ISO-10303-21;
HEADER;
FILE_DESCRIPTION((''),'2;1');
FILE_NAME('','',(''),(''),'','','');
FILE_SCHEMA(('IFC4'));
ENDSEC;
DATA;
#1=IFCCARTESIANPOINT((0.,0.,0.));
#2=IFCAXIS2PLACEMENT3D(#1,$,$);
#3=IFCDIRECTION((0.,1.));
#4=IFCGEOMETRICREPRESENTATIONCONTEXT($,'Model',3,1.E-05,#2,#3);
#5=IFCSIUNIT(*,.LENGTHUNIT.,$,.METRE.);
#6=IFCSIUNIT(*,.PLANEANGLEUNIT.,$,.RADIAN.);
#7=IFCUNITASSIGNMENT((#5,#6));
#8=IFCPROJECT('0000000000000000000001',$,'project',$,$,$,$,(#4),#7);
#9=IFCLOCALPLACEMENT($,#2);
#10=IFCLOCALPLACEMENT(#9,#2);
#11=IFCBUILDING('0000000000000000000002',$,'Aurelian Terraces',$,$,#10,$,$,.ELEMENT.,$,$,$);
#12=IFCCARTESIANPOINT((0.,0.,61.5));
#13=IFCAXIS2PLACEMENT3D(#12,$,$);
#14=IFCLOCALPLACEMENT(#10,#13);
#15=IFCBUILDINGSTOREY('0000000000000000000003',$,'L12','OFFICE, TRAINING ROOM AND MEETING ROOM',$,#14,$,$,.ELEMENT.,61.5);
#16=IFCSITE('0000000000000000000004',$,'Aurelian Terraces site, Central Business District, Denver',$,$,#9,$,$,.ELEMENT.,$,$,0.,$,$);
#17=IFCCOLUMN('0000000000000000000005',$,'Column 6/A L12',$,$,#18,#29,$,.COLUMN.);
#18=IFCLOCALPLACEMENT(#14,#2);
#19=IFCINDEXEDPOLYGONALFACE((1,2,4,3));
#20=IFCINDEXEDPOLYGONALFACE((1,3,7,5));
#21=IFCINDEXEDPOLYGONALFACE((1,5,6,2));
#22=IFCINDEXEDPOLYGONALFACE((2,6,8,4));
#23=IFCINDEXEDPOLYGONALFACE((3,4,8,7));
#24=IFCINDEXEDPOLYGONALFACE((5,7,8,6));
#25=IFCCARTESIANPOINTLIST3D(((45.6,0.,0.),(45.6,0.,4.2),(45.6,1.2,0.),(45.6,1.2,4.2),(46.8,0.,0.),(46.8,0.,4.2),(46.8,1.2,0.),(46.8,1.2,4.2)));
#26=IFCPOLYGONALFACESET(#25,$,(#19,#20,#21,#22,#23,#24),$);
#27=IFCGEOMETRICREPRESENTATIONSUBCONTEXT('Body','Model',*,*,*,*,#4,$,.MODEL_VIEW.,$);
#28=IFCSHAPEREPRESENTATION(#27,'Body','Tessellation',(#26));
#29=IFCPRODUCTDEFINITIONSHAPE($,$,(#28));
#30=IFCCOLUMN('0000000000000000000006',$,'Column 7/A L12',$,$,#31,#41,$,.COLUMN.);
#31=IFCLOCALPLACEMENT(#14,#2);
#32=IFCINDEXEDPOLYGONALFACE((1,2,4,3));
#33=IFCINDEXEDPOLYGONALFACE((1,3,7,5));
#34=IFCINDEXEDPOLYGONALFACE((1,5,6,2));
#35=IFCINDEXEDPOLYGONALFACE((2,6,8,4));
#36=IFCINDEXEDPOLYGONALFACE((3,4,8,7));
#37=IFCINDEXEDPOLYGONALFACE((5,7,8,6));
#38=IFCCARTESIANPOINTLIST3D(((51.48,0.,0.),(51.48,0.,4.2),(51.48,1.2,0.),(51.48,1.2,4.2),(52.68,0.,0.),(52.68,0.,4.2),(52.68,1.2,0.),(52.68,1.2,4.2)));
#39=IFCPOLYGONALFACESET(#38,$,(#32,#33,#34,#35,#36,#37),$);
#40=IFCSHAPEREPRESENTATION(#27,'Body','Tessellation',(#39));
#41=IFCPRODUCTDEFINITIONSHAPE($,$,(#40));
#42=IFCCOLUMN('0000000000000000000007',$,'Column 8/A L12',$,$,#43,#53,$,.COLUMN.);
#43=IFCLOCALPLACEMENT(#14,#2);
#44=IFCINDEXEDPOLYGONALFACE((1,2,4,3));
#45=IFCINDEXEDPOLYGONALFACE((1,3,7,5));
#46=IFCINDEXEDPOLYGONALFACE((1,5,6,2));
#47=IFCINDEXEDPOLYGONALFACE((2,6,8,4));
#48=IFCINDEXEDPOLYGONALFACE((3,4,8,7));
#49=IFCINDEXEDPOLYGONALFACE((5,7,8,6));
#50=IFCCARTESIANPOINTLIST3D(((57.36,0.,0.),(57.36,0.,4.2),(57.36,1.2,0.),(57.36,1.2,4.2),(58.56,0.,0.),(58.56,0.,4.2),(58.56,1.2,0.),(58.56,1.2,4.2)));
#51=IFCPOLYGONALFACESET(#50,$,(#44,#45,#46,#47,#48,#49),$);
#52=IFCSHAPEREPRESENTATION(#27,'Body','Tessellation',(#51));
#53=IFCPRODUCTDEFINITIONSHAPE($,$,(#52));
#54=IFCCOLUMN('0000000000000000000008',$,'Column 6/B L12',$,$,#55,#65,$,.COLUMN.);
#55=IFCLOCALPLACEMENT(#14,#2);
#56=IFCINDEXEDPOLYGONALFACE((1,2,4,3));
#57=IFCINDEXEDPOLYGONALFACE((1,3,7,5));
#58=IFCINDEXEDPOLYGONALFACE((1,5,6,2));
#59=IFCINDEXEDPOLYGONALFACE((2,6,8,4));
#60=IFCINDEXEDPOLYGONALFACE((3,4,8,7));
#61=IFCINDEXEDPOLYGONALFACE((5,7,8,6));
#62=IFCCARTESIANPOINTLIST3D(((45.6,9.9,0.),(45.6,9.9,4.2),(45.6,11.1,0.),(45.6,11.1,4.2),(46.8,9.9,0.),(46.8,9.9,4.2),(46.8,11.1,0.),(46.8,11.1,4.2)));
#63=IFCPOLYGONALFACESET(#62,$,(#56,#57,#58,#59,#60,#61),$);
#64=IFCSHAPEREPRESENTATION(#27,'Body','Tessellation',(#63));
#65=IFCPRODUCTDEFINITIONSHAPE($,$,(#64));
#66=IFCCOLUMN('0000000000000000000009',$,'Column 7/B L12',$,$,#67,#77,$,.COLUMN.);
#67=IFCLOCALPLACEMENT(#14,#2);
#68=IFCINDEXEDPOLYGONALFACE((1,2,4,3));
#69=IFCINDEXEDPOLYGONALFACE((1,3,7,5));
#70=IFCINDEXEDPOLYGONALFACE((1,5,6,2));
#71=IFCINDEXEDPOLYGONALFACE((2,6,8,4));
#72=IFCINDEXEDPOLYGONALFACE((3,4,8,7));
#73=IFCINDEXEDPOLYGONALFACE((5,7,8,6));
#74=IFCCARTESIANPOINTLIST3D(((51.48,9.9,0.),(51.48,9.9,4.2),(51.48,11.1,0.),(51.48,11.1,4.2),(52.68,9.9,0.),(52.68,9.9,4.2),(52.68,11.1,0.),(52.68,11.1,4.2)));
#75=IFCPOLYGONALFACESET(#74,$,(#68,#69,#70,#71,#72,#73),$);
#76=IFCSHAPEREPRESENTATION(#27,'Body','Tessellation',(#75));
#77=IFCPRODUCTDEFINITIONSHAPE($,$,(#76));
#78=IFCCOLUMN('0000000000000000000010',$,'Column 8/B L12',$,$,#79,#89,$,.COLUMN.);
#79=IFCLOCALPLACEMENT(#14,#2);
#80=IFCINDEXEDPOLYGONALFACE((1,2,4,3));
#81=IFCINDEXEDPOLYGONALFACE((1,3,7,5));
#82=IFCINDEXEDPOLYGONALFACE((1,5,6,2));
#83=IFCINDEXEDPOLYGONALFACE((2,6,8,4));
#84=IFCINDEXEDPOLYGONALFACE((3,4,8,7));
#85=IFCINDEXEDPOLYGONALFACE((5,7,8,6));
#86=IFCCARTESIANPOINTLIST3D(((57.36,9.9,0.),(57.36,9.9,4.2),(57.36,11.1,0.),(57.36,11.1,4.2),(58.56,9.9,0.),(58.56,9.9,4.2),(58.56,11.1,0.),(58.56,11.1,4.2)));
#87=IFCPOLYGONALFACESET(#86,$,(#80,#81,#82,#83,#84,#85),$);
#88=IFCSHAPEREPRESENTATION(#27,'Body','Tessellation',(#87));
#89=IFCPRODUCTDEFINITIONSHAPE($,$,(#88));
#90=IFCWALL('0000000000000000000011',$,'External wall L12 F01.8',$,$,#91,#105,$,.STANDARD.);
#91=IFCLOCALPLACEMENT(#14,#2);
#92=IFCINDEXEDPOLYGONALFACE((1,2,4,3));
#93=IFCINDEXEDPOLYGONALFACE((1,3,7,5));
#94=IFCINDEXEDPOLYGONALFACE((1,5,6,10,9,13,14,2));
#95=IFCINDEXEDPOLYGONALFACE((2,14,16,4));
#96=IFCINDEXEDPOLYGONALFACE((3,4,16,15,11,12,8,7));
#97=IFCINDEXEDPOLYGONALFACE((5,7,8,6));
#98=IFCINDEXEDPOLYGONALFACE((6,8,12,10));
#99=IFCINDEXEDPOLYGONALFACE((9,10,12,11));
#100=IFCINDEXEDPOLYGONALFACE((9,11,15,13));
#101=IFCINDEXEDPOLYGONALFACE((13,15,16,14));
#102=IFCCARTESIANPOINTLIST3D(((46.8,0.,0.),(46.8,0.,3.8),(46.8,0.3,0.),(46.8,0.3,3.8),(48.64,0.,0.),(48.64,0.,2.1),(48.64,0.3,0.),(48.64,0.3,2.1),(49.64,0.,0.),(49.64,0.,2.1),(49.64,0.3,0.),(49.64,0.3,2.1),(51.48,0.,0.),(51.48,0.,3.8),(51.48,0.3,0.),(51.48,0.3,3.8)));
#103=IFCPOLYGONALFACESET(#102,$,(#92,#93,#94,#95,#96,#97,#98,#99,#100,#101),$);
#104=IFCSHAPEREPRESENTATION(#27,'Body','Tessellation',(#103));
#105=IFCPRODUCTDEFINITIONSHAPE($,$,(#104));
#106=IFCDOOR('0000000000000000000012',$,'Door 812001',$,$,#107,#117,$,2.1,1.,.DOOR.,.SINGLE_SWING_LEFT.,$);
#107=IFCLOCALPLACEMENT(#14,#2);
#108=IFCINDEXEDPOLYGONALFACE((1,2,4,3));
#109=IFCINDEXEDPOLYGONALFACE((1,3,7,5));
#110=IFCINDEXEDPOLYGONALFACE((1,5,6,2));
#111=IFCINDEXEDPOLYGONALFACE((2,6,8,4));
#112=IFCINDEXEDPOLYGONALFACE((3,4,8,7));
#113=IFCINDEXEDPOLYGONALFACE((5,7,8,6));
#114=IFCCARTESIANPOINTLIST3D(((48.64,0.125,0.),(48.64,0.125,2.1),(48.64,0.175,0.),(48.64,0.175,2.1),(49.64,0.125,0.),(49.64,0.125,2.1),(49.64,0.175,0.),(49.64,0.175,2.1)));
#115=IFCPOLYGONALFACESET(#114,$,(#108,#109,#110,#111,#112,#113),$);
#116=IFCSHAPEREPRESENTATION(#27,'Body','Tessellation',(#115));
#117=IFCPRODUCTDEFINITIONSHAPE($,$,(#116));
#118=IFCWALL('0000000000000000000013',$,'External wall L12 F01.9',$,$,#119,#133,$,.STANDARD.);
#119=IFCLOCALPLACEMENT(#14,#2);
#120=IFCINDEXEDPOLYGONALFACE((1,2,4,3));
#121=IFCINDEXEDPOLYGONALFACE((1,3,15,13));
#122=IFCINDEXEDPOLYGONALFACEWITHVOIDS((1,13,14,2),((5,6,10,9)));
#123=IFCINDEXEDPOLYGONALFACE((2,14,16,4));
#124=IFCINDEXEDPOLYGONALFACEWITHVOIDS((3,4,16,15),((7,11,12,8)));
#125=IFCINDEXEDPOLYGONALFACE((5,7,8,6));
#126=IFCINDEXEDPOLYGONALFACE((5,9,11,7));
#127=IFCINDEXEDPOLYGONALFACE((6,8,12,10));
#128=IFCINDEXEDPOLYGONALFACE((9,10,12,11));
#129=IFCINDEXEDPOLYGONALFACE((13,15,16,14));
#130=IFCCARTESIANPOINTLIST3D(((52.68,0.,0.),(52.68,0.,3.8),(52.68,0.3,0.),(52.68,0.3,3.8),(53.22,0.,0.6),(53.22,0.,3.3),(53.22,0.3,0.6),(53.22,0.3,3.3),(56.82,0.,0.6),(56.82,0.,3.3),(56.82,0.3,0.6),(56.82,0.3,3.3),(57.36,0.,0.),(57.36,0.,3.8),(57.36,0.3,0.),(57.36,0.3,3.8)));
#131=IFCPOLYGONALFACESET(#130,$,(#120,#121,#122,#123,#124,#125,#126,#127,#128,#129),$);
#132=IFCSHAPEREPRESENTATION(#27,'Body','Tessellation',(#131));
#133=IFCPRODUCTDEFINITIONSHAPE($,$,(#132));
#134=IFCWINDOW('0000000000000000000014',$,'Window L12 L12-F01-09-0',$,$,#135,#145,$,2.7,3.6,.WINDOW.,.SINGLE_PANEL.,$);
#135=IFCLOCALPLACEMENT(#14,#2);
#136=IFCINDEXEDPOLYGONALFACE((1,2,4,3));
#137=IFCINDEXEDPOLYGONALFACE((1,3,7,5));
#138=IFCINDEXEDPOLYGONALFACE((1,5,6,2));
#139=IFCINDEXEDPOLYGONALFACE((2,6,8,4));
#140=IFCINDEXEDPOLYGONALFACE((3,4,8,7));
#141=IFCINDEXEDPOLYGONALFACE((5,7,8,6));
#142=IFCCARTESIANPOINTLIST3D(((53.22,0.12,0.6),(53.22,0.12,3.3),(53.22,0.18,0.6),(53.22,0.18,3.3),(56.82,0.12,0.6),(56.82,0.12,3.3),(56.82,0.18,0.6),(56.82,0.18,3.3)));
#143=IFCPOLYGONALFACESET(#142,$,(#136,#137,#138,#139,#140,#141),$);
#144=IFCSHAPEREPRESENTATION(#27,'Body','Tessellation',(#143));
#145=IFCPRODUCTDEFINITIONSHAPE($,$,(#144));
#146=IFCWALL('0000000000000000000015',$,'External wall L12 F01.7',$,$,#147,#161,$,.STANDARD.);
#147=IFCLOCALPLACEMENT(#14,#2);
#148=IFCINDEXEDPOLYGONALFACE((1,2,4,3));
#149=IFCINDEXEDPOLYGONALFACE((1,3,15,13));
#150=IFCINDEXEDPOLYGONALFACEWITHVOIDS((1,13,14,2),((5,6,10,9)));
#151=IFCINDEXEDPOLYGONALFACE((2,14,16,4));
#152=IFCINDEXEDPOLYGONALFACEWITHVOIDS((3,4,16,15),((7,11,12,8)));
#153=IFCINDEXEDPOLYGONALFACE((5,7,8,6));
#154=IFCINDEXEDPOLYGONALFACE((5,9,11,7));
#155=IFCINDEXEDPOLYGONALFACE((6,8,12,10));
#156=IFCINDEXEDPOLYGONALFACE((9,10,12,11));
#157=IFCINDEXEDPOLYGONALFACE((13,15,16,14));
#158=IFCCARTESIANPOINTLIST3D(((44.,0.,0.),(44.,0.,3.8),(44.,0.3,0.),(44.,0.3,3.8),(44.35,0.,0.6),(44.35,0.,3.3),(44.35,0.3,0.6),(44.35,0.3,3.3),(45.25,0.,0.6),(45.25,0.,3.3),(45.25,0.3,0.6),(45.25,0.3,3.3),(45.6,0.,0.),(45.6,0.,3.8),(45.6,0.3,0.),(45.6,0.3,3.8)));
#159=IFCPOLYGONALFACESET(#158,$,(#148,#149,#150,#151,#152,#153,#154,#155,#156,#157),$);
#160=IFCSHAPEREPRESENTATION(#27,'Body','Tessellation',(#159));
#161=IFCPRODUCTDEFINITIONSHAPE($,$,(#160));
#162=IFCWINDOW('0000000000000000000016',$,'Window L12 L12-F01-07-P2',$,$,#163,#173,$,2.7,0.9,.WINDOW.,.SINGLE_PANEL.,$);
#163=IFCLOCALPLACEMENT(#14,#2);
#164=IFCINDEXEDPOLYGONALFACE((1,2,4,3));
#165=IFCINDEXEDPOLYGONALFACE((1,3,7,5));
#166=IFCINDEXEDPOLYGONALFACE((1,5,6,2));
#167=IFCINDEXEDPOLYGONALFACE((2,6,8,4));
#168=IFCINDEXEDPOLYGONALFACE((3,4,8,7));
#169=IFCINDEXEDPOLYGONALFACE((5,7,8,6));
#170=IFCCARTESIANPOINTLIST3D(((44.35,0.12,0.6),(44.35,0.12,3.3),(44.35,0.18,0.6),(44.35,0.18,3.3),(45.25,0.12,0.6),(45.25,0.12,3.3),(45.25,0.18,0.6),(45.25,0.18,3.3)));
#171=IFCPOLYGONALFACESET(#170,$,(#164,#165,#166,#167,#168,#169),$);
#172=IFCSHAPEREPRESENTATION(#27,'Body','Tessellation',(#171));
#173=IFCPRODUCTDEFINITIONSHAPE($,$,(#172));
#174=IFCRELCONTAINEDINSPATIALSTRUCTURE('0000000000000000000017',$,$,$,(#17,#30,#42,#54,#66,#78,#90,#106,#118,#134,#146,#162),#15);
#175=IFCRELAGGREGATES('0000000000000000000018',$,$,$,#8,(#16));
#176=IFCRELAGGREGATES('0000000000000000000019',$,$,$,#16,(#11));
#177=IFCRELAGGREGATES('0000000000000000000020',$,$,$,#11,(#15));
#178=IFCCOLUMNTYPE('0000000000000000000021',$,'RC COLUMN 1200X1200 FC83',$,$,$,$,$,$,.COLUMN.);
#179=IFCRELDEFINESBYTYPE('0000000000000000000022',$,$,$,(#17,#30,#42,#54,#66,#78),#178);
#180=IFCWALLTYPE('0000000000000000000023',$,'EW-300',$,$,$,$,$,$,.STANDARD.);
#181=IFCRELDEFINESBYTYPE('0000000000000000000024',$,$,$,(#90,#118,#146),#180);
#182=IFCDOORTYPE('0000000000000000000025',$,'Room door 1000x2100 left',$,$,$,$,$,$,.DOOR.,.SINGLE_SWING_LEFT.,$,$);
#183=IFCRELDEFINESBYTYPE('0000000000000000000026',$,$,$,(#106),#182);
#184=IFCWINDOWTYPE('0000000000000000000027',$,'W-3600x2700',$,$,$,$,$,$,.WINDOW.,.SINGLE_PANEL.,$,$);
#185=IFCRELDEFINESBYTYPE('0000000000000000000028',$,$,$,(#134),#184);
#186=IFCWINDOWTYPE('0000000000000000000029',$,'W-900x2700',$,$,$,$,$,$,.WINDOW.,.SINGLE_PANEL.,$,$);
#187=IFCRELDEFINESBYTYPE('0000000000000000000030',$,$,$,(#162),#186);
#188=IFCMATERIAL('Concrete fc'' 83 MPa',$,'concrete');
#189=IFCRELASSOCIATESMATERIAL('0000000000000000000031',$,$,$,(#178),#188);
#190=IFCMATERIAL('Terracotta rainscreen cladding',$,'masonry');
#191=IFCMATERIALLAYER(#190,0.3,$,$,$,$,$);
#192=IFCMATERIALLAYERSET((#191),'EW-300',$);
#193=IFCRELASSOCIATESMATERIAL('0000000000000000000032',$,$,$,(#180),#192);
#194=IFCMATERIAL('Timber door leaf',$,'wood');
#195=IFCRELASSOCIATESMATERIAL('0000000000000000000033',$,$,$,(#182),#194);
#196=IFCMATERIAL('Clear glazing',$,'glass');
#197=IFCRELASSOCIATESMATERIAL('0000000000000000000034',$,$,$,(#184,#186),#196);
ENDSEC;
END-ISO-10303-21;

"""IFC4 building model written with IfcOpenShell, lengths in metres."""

from ifc_helpers import new_model, si_unit, direction, frame, frame_2d, origin, origin_2d, place, context, subcontext, project, spatial, rectangle, extrude, source, transform, mapped, material, layer, layer_set, material_profile, profile_set, type_object, element, fill, save


model = new_model("IFC4")

# Units and contexts
model_context = context("Model", 3, precision=1e-05, world=origin(), true_north=direction((0.0, 1.0)))
body_context = subcontext(model_context, "Body", "Model", "MODEL_VIEW")
ifc_project = project(units=[si_unit("LENGTHUNIT", "METRE"), si_unit("PLANEANGLEUNIT", "RADIAN")], contexts=[model_context])

# Site, building, storey
site_placement = place(None, origin())
site = spatial("IfcSite", under=ifc_project, at=site_placement, Name="Aurelian Terraces site, Central Business District, Denver", CompositionType="ELEMENT", RefElevation=0.0)
building_placement = place(site_placement, origin())
building = spatial("IfcBuilding", under=site, at=building_placement, Name="Aurelian Terraces", CompositionType="ELEMENT")
storey_placement = place(building_placement, frame((0.0, 0.0, 61.5)))
storey = spatial("IfcBuildingStorey", under=building, at=storey_placement, Name="L12", Description="OFFICE, TRAINING ROOM AND MEETING ROOM", CompositionType="ELEMENT", Elevation=61.5)

# Columns
ifc_material_1 = material(Name="Concrete fc' 83 MPa", Category="concrete")
ifc_material_profile = material_profile(ifc_material_1, rectangle(XDim=1.2, YDim=1.2, at=origin_2d()))
ifc_profile_set = profile_set([ifc_material_profile], Name="Concrete fc' 83 MPa")
column_type = type_object("IfcColumnType", Name="RC COLUMN 1200X1200 FC83", PredefinedType="COLUMN", material=ifc_profile_set)
shared_shape_1 = source(origin(), body_context, "Body", "SweptSolid", [
    extrude(rectangle(XDim=1.2, YDim=1.2, at=origin_2d()), origin(), (0.0, 0.0, 1.0), 4.2),
])
for number, where, z_axis, x_axis, name in (
    (1, (46.2, 0.6, 0.0), (0.0, 0.0, 1.0), (1.0, 0.0, 0.0), "Column 6/A L12"),
    (2, (52.08, 0.6, 0.0), (0.0, 0.0, 1.0), (1.0, 0.0, 0.0), "Column 7/A L12"),
    (3, (57.96, 0.6, 0.0), (0.0, 0.0, 1.0), (1.0, 0.0, 0.0), "Column 8/A L12"),
    (4, (46.2, 10.5, 0.0), (0.0, 0.0, 1.0), (1.0, 0.0, 0.0), "Column 6/B L12"),
    (5, (52.08, 10.5, 0.0), (0.0, 0.0, 1.0), (1.0, 0.0, 0.0), "Column 7/B L12"),
    (6, (57.96, 10.5, 0.0), (0.0, 0.0, 1.0), (1.0, 0.0, 0.0), "Column 8/B L12"),
):
    element("IfcColumn", number, at=place(storey_placement, frame(where, z_axis=z_axis, x_axis=x_axis)), inside=storey, type_object=column_type, Name=name, PredefinedType="COLUMN", context=body_context, shape_type="MappedRepresentation", body=[
        mapped(shared_shape_1, transform((0.0, 0.0, 0.0), scale=1.0)),
    ])

# Wall, opening, door
ifc_material_2 = material(Name="Terracotta rainscreen cladding", Category="masonry")
ifc_layer_1 = layer(ifc_material_2, 0.3)
ifc_layer_set_1 = layer_set([ifc_layer_1], Name="EW-300")
wall_type_1 = type_object("IfcWallType", Name="EW-300", PredefinedType="STANDARD", material=ifc_layer_set_1)
shared_shape_2 = source(origin(), body_context, "Body", "SweptSolid", [
    extrude(rectangle(XDim=4.68, YDim=0.3, at=frame_2d((2.34, 0.0))), origin(), (0.0, 0.0, 1.0), 3.8),
])
wall_1_placement = place(storey_placement, frame((46.8, 0.15, 0.0), z_axis=(0.0, 0.0, 1.0), x_axis=(1.0, 0.0, 0.0)))
wall_1 = element("IfcWall", 7, at=wall_1_placement, inside=storey, type_object=wall_type_1, Name="External wall L12 F01.8", PredefinedType="STANDARD", context=body_context, shape_type="MappedRepresentation", body=[
    mapped(shared_shape_2, transform((0.0, 0.0, 0.0), scale=1.0)),
])
shared_shape_3 = source(origin(), body_context, "Body", "SweptSolid", [
    extrude(rectangle(XDim=1.0, YDim=2.1, at=frame_2d((0.5, 1.05))), frame((0.0, 0.16, 0.0), z_axis=(0.0, -1.0, 0.0), x_axis=(1.0, 0.0, 0.0)), (0.0, 0.0, 1.0), 0.32),
])
opening_1_placement = place(wall_1_placement, frame((1.84, 0.0, 0.0)))
opening_1 = element("IfcOpeningElement", 8, at=opening_1_placement, cuts=wall_1, PredefinedType="OPENING", context=body_context, shape_type="MappedRepresentation", body=[
    mapped(shared_shape_3, transform((0.0, 0.0, 0.0), scale=1.0)),
])
ifc_material_3 = material(Name="Timber door leaf", Category="wood")
door_type_1 = type_object("IfcDoorType", Name="Room door 1000x2100 left", OperationType="SINGLE_SWING_LEFT", PredefinedType="DOOR", material=ifc_material_3)
shared_shape_4 = source(origin(), body_context, "Body", "SweptSolid", [
    extrude(rectangle(XDim=1.0, YDim=2.1, at=frame_2d((0.5, 1.05))), frame((0.0, 0.025, 0.0), z_axis=(0.0, -1.0, 0.0), x_axis=(1.0, 0.0, 0.0)), (0.0, 0.0, 1.0), 0.05),
])
door_1_placement = place(opening_1_placement, origin())
door_1 = element("IfcDoor", 9, at=door_1_placement, inside=storey, type_object=door_type_1, Name="Door 812001", OperationType="SINGLE_SWING_LEFT", OverallHeight=2.1, OverallWidth=1.0, PredefinedType="DOOR", context=body_context, shape_type="MappedRepresentation", body=[
    mapped(shared_shape_4, transform((0.0, 0.0, 0.0), scale=1.0)),
])
fill(opening_1, door_1)

# Walls, openings, windows
wall_2_placement = place(storey_placement, frame((52.68, 0.15, 0.0), z_axis=(0.0, 0.0, 1.0), x_axis=(1.0, 0.0, 0.0)))
wall_2 = element("IfcWall", 10, at=wall_2_placement, inside=storey, type_object=wall_type_1, Name="External wall L12 F01.9", PredefinedType="STANDARD", context=body_context, shape_type="MappedRepresentation", body=[
    mapped(shared_shape_2, transform((0.0, 0.0, 0.0), scale=1.0)),
])
shared_shape_5 = source(origin(), body_context, "Body", "SweptSolid", [
    extrude(rectangle(XDim=3.6, YDim=2.7, at=frame_2d((1.8, 1.35))), frame((0.0, 0.16, 0.0), z_axis=(0.0, -1.0, 0.0), x_axis=(1.0, 0.0, 0.0)), (0.0, 0.0, 1.0), 0.32),
])
opening_2_placement = place(wall_2_placement, frame((0.54, 0.0, 0.6)))
opening_2 = element("IfcOpeningElement", 11, at=opening_2_placement, cuts=wall_2, PredefinedType="OPENING", context=body_context, shape_type="MappedRepresentation", body=[
    mapped(shared_shape_5, transform((0.0, 0.0, 0.0), scale=1.0)),
])
ifc_material_4 = material(Name="Clear glazing", Category="glass")
window_type_1 = type_object("IfcWindowType", Name="W-3600x2700", PartitioningType="SINGLE_PANEL", PredefinedType="WINDOW", material=ifc_material_4)
shared_shape_6 = source(origin(), body_context, "Body", "SweptSolid", [
    extrude(rectangle(XDim=3.6, YDim=2.7, at=frame_2d((1.8, 1.35))), frame((0.0, 0.03, 0.0), z_axis=(0.0, -1.0, 0.0), x_axis=(1.0, 0.0, 0.0)), (0.0, 0.0, 1.0), 0.06),
])
window_1_placement = place(opening_2_placement, origin())
window_1 = element("IfcWindow", 12, at=window_1_placement, inside=storey, type_object=window_type_1, Name="Window L12 L12-F01-09-0", OverallHeight=2.7, OverallWidth=3.6, PartitioningType="SINGLE_PANEL", PredefinedType="WINDOW", context=body_context, shape_type="MappedRepresentation", body=[
    mapped(shared_shape_6, transform((0.0, 0.0, 0.0), scale=1.0)),
])
fill(opening_2, window_1)
shared_shape_7 = source(origin(), body_context, "Body", "SweptSolid", [
    extrude(rectangle(XDim=1.6, YDim=0.3, at=frame_2d((0.8, 0.0))), origin(), (0.0, 0.0, 1.0), 3.8),
])
wall_3_placement = place(storey_placement, frame((44.0, 0.15, 0.0), z_axis=(0.0, 0.0, 1.0), x_axis=(1.0, 0.0, 0.0)))
wall_3 = element("IfcWall", 13, at=wall_3_placement, inside=storey, type_object=wall_type_1, Name="External wall L12 F01.7", PredefinedType="STANDARD", context=body_context, shape_type="MappedRepresentation", body=[
    mapped(shared_shape_7, transform((0.0, 0.0, 0.0), scale=1.0)),
])
shared_shape_8 = source(origin(), body_context, "Body", "SweptSolid", [
    extrude(rectangle(XDim=0.9, YDim=2.7, at=frame_2d((0.45, 1.35))), frame((0.0, 0.16, 0.0), z_axis=(0.0, -1.0, 0.0), x_axis=(1.0, 0.0, 0.0)), (0.0, 0.0, 1.0), 0.32),
])
opening_3_placement = place(wall_3_placement, frame((0.35, 0.0, 0.6)))
opening_3 = element("IfcOpeningElement", 14, at=opening_3_placement, cuts=wall_3, PredefinedType="OPENING", context=body_context, shape_type="MappedRepresentation", body=[
    mapped(shared_shape_8, transform((0.0, 0.0, 0.0), scale=1.0)),
])
window_type_2 = type_object("IfcWindowType", Name="W-900x2700", PartitioningType="SINGLE_PANEL", PredefinedType="WINDOW", material=ifc_material_4)
shared_shape_9 = source(origin(), body_context, "Body", "SweptSolid", [
    extrude(rectangle(XDim=0.9, YDim=2.7, at=frame_2d((0.45, 1.35))), frame((0.0, 0.03, 0.0), z_axis=(0.0, -1.0, 0.0), x_axis=(1.0, 0.0, 0.0)), (0.0, 0.0, 1.0), 0.06),
])
window_2_placement = place(opening_3_placement, origin())
window_2 = element("IfcWindow", 15, at=window_2_placement, inside=storey, type_object=window_type_2, Name="Window L12 L12-F01-07-P2", OverallHeight=2.7, OverallWidth=0.9, PartitioningType="SINGLE_PANEL", PredefinedType="WINDOW", context=body_context, shape_type="MappedRepresentation", body=[
    mapped(shared_shape_9, transform((0.0, 0.0, 0.0), scale=1.0)),
])
fill(opening_3, window_2)

save(model, "model.ifc")
